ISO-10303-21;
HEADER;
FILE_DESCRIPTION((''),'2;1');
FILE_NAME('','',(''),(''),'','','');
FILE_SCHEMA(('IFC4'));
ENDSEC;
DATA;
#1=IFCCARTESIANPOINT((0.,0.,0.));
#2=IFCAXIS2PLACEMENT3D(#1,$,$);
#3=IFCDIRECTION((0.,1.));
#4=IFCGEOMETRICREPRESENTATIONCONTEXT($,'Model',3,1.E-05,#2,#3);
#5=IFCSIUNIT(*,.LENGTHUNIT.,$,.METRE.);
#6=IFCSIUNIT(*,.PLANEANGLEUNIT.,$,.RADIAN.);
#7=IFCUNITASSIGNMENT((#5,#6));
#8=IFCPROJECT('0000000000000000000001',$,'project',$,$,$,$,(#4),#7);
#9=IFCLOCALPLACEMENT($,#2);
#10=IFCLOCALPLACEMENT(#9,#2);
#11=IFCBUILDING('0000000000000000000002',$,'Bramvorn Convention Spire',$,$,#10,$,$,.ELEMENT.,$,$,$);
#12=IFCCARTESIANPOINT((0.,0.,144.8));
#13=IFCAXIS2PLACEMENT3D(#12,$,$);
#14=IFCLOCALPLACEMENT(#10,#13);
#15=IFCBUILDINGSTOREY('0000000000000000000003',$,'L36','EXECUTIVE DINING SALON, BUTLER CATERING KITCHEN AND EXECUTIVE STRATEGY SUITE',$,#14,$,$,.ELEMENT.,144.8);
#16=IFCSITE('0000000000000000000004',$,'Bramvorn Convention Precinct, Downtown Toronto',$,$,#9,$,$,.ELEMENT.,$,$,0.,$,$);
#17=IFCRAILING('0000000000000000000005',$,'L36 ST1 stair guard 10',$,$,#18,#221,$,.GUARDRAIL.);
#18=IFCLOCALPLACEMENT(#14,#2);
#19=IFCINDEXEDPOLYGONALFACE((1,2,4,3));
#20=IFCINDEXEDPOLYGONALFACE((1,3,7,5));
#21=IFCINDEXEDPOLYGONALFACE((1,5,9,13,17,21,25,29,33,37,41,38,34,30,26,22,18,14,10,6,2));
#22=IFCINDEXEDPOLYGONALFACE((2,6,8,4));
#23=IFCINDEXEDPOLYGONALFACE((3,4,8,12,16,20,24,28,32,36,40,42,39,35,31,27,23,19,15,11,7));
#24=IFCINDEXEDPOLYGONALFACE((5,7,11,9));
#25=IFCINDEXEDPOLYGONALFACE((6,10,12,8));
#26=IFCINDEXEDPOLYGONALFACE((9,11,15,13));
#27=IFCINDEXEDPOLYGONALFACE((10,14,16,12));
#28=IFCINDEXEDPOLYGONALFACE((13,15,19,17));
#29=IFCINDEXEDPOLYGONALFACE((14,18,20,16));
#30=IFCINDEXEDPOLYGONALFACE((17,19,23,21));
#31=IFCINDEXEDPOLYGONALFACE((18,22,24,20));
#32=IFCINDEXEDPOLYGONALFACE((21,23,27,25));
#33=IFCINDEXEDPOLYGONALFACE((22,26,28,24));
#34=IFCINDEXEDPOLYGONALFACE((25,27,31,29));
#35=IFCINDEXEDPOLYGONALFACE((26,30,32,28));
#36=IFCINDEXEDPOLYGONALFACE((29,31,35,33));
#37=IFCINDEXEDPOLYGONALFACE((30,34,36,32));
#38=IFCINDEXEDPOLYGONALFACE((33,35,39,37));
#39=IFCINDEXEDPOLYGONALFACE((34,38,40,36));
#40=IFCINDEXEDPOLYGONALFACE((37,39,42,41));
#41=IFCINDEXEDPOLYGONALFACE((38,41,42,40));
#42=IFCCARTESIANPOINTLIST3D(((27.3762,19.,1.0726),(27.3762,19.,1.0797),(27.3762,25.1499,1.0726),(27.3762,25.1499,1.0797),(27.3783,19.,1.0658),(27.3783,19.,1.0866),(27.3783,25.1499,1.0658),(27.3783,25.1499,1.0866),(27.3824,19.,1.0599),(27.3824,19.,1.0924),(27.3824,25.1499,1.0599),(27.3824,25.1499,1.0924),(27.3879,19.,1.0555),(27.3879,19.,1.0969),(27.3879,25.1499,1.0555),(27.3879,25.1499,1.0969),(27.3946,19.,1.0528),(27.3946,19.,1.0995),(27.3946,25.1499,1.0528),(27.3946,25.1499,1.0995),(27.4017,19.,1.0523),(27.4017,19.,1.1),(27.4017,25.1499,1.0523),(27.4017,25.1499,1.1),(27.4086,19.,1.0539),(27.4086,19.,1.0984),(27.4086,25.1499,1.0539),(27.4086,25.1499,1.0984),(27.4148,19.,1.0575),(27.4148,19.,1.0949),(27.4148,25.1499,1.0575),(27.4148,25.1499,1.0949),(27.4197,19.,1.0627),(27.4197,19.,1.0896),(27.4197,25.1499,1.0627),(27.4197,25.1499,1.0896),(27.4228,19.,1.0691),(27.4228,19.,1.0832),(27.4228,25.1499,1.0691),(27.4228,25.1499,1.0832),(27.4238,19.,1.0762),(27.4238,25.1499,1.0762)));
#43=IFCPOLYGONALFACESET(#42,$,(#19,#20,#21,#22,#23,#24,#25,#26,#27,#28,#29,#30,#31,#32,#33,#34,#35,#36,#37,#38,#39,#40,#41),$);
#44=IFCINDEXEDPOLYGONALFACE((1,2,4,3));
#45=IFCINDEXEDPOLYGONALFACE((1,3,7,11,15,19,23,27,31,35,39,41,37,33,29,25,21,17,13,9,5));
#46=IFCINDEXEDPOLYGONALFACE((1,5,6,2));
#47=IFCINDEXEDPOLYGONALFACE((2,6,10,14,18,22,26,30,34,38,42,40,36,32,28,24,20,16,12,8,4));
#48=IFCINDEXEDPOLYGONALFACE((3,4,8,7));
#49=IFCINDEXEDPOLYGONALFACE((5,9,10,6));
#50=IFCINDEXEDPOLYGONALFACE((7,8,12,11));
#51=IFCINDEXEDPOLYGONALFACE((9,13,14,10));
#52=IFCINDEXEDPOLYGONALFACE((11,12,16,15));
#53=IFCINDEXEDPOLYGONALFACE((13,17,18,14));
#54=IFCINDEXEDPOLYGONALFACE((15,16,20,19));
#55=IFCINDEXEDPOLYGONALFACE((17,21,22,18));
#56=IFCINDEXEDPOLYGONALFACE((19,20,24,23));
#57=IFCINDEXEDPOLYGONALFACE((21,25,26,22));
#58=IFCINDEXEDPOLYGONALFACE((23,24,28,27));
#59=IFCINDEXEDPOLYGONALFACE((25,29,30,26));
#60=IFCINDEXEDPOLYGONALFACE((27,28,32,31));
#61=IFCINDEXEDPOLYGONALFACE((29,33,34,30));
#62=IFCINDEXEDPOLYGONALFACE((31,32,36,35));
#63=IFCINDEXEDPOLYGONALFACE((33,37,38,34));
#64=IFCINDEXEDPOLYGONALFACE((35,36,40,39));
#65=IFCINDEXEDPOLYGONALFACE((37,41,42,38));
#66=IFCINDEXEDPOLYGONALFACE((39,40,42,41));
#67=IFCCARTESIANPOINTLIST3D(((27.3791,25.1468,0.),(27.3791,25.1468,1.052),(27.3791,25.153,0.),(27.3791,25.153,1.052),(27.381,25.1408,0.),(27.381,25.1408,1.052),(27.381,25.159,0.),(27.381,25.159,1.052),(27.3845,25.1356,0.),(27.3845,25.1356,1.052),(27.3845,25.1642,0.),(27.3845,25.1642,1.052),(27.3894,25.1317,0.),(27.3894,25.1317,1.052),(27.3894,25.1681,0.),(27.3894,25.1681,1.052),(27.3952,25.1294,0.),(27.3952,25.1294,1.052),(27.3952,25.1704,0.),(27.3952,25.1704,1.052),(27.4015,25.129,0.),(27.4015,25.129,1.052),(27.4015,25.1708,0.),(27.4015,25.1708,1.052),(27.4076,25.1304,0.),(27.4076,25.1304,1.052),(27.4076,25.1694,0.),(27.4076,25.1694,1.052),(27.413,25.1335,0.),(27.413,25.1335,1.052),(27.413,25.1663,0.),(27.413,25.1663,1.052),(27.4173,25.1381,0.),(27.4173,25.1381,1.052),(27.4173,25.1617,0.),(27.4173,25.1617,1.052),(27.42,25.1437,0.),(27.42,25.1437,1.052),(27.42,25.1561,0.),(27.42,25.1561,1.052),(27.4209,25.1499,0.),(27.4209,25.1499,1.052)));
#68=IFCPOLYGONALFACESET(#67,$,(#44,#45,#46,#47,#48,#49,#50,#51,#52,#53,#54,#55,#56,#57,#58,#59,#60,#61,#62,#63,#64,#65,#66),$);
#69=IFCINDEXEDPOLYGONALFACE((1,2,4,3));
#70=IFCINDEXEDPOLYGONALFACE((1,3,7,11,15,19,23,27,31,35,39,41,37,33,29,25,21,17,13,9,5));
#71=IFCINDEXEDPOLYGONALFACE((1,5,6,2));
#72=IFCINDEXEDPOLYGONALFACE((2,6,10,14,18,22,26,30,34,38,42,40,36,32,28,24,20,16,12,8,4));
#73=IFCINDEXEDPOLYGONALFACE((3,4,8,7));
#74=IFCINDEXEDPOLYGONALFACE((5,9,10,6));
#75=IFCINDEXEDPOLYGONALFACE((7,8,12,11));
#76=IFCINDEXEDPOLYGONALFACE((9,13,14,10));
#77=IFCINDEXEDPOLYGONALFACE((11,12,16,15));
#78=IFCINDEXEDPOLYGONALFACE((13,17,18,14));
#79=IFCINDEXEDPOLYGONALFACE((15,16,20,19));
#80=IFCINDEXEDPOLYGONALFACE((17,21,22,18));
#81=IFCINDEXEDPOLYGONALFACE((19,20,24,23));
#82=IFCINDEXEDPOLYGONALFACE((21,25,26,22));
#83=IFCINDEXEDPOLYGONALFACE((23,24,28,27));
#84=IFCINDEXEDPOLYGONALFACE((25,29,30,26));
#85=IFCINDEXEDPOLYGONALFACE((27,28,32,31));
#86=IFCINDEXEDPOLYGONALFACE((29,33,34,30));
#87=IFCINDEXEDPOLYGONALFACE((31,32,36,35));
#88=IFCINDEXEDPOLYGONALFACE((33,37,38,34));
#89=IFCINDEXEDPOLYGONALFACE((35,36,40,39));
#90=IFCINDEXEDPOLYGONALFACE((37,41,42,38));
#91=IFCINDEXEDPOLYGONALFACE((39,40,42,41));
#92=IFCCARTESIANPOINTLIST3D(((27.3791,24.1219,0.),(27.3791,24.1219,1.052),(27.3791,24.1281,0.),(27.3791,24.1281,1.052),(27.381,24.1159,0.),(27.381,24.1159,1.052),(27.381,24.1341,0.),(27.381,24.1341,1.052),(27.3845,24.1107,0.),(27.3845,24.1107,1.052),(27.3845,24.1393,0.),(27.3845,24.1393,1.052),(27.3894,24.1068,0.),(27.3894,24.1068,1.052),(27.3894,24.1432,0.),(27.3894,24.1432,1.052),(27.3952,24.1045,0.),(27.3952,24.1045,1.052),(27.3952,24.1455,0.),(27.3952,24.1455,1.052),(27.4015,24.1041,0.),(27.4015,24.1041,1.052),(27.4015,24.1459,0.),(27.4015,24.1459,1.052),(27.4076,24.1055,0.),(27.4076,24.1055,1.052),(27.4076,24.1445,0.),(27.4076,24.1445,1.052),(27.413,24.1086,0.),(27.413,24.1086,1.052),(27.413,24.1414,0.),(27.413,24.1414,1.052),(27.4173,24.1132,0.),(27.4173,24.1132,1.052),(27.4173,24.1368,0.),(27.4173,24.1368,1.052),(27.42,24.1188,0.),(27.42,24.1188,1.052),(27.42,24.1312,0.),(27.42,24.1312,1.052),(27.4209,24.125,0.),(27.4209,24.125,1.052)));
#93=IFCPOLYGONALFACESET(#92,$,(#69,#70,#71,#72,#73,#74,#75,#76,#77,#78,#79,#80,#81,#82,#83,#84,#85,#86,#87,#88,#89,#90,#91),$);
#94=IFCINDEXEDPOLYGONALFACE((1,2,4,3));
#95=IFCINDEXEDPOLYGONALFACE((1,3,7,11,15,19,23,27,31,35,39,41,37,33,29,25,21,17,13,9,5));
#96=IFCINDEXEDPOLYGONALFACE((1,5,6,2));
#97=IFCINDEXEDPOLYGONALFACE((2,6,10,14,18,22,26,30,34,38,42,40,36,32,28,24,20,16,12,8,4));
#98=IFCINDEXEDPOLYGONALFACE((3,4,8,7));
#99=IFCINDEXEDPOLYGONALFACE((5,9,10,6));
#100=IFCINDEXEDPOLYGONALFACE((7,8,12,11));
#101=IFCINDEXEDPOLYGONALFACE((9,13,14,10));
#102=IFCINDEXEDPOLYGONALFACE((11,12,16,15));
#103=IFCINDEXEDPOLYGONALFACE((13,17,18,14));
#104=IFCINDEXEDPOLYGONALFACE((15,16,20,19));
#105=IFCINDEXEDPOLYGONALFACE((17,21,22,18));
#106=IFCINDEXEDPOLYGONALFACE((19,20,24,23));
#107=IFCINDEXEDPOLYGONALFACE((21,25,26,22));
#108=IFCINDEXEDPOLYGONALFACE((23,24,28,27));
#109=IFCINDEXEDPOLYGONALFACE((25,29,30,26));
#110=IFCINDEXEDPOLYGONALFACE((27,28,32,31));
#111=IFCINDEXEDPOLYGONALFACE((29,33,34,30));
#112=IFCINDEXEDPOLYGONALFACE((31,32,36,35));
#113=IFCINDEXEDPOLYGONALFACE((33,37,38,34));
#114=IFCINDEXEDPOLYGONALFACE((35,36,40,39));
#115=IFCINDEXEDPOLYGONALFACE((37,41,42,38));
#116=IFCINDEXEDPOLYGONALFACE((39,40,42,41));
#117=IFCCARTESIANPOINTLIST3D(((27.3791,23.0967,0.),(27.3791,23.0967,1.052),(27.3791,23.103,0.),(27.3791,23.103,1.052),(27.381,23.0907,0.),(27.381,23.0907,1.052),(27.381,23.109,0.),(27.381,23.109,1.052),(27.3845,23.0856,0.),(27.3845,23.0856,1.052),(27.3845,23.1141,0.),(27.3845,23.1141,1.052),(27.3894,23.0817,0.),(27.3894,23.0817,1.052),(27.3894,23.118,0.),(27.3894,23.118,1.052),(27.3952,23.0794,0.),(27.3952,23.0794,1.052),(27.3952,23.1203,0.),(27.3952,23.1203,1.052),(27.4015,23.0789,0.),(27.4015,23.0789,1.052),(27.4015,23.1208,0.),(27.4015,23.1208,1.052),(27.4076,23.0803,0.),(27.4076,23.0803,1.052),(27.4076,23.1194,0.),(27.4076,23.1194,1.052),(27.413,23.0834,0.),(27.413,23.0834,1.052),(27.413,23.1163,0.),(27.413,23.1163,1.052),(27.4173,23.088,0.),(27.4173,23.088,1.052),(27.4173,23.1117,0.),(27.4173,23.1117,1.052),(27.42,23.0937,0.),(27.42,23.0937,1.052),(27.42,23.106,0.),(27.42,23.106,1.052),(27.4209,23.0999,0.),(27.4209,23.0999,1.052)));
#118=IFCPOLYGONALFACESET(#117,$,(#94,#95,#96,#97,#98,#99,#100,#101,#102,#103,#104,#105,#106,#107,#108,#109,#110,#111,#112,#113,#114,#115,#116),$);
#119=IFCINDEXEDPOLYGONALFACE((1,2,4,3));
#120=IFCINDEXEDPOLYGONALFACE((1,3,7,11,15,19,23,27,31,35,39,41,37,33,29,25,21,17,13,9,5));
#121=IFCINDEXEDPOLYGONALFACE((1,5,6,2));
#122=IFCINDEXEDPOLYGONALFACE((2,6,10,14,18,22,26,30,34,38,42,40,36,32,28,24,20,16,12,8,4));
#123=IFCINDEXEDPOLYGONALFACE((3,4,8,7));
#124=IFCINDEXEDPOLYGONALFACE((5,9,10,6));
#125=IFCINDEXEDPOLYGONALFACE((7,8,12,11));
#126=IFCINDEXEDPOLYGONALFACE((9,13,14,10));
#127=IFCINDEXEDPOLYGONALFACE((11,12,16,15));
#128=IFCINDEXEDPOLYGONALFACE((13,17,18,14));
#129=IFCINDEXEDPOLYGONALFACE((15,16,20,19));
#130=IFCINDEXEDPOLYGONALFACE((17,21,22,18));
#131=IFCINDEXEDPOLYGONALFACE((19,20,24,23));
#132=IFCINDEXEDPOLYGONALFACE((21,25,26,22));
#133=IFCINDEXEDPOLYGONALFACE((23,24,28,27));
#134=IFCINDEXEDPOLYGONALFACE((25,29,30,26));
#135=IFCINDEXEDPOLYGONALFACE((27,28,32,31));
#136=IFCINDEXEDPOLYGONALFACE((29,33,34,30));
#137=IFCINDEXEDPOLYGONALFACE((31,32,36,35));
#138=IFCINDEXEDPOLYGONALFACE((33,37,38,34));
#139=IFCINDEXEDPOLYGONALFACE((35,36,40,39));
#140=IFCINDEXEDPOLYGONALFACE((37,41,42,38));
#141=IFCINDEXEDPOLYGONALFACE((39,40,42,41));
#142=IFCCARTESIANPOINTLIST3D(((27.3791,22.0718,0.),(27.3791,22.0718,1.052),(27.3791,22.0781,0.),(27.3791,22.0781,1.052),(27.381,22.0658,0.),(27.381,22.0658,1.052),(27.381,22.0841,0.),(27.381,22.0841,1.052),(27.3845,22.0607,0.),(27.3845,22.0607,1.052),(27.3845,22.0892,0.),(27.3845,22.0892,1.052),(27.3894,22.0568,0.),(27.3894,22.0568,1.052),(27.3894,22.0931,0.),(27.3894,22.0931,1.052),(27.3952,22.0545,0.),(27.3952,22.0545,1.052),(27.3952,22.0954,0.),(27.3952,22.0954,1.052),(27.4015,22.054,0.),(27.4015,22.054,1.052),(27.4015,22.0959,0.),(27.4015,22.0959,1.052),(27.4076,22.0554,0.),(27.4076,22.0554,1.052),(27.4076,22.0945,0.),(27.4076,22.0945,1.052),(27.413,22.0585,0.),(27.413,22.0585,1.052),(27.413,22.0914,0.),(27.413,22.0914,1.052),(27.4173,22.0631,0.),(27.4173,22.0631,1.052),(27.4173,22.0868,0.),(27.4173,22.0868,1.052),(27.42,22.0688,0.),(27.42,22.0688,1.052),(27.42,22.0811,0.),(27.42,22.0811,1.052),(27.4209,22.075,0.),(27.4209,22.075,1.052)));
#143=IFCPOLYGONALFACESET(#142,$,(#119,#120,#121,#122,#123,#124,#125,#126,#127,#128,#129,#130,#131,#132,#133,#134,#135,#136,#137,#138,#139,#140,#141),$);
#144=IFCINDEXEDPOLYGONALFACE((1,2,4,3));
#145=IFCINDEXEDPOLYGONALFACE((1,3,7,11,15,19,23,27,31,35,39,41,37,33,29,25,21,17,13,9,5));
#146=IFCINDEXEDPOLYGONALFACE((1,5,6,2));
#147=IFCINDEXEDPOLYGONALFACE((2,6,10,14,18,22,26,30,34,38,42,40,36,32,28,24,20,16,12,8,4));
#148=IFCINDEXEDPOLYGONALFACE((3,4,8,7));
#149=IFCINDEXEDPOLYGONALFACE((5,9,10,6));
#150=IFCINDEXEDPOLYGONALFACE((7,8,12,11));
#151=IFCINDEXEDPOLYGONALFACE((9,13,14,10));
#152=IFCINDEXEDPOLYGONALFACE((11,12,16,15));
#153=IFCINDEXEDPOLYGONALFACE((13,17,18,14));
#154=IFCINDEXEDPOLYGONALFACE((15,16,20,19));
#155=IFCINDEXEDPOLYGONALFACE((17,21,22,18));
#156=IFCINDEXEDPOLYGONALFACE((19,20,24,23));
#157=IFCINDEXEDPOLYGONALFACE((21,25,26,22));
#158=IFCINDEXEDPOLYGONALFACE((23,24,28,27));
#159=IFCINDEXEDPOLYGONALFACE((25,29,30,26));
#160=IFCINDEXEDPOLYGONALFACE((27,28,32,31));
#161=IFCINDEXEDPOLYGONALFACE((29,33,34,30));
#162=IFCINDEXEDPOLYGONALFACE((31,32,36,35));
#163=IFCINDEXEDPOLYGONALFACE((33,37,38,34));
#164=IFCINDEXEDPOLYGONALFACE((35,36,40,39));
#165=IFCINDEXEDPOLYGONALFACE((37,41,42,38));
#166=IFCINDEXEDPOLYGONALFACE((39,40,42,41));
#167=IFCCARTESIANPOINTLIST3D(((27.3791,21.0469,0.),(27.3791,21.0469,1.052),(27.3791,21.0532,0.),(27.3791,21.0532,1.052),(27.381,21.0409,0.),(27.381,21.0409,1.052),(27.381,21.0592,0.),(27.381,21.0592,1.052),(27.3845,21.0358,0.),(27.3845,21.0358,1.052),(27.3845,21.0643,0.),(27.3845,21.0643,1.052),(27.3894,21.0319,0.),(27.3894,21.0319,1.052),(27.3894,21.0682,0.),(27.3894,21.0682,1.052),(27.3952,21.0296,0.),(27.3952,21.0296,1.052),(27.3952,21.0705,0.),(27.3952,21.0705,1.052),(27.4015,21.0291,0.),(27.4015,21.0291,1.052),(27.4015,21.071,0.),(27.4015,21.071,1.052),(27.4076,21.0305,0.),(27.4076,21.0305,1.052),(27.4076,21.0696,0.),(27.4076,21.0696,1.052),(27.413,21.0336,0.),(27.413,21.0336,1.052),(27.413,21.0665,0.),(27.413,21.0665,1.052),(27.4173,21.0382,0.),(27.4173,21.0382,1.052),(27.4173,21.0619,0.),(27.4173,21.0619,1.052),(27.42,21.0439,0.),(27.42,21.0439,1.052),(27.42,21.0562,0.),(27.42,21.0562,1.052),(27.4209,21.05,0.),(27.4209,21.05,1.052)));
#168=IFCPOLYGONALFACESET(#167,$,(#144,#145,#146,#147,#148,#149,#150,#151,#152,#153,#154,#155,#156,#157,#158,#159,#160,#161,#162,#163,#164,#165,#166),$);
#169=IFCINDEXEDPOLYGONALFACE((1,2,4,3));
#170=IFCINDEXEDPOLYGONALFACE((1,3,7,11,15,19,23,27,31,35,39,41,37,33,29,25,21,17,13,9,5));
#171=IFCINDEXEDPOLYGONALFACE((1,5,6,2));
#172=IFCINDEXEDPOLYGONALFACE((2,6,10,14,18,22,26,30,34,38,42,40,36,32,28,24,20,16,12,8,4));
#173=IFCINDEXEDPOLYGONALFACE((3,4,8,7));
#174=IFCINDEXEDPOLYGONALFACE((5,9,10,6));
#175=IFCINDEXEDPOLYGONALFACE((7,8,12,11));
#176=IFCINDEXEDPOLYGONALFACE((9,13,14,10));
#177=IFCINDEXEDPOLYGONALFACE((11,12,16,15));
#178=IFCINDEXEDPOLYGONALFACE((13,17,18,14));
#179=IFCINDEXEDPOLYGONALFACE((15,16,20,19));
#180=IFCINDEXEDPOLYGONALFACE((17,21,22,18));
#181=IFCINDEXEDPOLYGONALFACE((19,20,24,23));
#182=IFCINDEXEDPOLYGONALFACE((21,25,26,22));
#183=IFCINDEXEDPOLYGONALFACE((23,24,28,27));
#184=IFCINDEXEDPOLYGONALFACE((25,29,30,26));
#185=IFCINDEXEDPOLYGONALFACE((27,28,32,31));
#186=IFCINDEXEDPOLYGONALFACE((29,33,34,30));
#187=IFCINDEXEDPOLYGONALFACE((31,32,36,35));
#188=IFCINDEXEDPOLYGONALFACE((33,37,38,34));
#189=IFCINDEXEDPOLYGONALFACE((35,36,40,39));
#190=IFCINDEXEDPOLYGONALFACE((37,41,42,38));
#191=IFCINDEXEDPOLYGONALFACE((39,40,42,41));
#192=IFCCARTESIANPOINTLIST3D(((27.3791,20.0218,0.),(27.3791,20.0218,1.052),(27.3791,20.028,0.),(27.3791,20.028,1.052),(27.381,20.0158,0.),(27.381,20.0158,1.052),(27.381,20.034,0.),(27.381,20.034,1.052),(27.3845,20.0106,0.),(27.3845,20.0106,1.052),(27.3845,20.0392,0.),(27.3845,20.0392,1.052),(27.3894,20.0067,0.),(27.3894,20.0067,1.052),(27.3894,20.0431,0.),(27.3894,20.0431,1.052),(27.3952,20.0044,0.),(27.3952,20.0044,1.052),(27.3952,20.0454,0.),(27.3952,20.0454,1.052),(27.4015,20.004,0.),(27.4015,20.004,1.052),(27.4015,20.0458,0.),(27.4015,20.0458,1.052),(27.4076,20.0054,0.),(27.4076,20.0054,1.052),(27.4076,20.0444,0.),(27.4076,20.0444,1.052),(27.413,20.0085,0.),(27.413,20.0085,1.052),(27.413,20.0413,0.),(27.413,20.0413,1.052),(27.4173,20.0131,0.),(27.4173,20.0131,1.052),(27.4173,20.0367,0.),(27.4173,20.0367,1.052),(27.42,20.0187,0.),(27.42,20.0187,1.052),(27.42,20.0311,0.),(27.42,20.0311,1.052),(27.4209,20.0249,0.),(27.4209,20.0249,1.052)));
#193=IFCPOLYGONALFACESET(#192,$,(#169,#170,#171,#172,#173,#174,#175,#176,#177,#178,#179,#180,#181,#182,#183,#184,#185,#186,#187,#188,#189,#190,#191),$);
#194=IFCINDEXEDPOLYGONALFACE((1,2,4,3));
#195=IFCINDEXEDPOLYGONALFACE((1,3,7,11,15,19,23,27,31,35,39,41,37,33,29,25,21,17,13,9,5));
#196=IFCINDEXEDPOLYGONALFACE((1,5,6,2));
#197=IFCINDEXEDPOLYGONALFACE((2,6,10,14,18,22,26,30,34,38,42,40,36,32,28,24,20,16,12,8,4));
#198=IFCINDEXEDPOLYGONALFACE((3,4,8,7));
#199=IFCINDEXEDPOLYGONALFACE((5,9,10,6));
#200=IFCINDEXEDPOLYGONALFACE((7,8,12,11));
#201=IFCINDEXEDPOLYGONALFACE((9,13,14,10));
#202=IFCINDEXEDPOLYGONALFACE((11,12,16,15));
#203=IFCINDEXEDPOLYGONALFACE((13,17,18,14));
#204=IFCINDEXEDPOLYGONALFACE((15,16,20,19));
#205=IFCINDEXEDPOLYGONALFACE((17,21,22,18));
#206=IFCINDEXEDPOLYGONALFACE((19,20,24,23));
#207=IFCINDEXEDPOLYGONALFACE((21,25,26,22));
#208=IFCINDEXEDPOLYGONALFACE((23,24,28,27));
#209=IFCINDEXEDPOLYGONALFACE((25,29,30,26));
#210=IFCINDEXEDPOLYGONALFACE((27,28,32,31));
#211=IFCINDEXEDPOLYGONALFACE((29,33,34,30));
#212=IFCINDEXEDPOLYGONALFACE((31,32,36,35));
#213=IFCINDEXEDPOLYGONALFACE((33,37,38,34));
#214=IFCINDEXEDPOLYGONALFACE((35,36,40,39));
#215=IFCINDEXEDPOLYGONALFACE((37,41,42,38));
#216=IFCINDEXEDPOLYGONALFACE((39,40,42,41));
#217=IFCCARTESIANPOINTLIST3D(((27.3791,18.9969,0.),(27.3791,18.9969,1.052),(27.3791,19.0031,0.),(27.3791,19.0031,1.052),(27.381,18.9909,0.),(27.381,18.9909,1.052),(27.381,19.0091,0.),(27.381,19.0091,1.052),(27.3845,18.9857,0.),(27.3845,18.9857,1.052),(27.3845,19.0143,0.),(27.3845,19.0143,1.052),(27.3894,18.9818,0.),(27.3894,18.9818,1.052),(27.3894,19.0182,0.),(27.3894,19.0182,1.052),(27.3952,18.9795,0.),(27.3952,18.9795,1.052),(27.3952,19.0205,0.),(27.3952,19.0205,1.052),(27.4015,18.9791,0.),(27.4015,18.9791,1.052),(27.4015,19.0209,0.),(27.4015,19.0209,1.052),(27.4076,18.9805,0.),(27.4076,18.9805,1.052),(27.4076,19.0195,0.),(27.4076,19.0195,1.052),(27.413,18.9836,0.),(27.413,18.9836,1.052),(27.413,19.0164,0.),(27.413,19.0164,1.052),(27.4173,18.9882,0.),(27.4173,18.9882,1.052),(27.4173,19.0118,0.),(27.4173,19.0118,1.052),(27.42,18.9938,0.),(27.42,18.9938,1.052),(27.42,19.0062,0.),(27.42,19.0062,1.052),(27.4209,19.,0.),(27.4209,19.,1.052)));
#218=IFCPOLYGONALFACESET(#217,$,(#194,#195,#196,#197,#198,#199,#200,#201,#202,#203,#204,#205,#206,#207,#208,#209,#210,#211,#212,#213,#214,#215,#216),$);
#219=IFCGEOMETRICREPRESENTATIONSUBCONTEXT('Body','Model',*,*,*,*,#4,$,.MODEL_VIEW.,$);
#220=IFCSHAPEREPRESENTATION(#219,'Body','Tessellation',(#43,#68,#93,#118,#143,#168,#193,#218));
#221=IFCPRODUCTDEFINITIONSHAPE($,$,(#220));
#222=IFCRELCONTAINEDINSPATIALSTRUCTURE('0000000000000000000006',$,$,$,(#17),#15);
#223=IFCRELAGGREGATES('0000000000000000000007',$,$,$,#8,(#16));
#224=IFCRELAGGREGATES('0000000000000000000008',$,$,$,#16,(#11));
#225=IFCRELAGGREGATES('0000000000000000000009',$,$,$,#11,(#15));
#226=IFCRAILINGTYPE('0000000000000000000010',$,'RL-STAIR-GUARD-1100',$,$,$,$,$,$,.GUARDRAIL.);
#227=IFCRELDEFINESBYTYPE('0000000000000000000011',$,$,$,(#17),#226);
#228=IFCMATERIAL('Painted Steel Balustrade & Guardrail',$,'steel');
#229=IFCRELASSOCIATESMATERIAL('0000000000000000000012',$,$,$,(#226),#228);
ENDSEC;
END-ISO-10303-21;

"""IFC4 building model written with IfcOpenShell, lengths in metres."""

from ifc_helpers import new_model, si_unit, direction, frame, origin, origin_2d, place, context, subcontext, project, spatial, circle, extrude, material, type_object, element, save


model = new_model("IFC4")

# Units and contexts
model_context = context("Model", 3, precision=1e-05, world=origin(), true_north=direction((0.0, 1.0)))
body_context = subcontext(model_context, "Body", "Model", "MODEL_VIEW")
ifc_project = project(units=[si_unit("LENGTHUNIT", "METRE"), si_unit("PLANEANGLEUNIT", "RADIAN")], contexts=[model_context])

# Site, building, storey
site_placement = place(None, origin())
site = spatial("IfcSite", under=ifc_project, at=site_placement, Name="Bramvorn Convention Precinct, Downtown Toronto", CompositionType="ELEMENT", RefElevation=0.0)
building_placement = place(site_placement, origin())
building = spatial("IfcBuilding", under=site, at=building_placement, Name="Bramvorn Convention Spire", CompositionType="ELEMENT")
storey_placement = place(building_placement, frame((0.0, 0.0, 144.8)))
storey = spatial("IfcBuildingStorey", under=building, at=storey_placement, Name="L36", Description="EXECUTIVE DINING SALON, BUTLER CATERING KITCHEN AND EXECUTIVE STRATEGY SUITE", CompositionType="ELEMENT", Elevation=144.8)

# Railing
ifc_material_1 = material(Name="Painted Steel Balustrade & Guardrail", Category="steel")
railing_type_1 = type_object("IfcRailingType", Name="RL-STAIR-GUARD-1100", PredefinedType="GUARDRAIL", material=ifc_material_1)
railing_1_placement = place(storey_placement, frame((27.3999, 25.1499, 0.0)))
element("IfcRailing", 1, at=railing_1_placement, inside=storey, type_object=railing_type_1, Name="L36 ST1 stair guard 10", PredefinedType="GUARDRAIL", context=body_context, shape_type="SweptSolid", body=[
    extrude(circle(Radius=0.0239, at=origin_2d()), frame((0.0, 0.0, 1.0762), z_axis=(0.0, -1.0, 0.0), x_axis=(1.0, 0.0, 0.0)), (0.0, 0.0, 1.0), 6.1499),
    extrude(circle(Radius=0.021, at=origin_2d()), origin(), (0.0, 0.0, 1.0), 1.052),
    extrude(circle(Radius=0.021, at=origin_2d()), frame((0.0, -1.0249, 0.0)), (0.0, 0.0, 1.0), 1.052),
    extrude(circle(Radius=0.021, at=origin_2d()), frame((0.0, -2.05, 0.0)), (0.0, 0.0, 1.0), 1.052),
    extrude(circle(Radius=0.021, at=origin_2d()), frame((0.0, -3.075, 0.0)), (0.0, 0.0, 1.0), 1.052),
    extrude(circle(Radius=0.021, at=origin_2d()), frame((0.0, -4.0999, 0.0)), (0.0, 0.0, 1.0), 1.052),
    extrude(circle(Radius=0.021, at=origin_2d()), frame((0.0, -5.125, 0.0)), (0.0, 0.0, 1.0), 1.052),
    extrude(circle(Radius=0.021, at=origin_2d()), frame((0.0, -6.1499, 0.0)), (0.0, 0.0, 1.0), 1.052),
])

save(model, "model.ifc")
